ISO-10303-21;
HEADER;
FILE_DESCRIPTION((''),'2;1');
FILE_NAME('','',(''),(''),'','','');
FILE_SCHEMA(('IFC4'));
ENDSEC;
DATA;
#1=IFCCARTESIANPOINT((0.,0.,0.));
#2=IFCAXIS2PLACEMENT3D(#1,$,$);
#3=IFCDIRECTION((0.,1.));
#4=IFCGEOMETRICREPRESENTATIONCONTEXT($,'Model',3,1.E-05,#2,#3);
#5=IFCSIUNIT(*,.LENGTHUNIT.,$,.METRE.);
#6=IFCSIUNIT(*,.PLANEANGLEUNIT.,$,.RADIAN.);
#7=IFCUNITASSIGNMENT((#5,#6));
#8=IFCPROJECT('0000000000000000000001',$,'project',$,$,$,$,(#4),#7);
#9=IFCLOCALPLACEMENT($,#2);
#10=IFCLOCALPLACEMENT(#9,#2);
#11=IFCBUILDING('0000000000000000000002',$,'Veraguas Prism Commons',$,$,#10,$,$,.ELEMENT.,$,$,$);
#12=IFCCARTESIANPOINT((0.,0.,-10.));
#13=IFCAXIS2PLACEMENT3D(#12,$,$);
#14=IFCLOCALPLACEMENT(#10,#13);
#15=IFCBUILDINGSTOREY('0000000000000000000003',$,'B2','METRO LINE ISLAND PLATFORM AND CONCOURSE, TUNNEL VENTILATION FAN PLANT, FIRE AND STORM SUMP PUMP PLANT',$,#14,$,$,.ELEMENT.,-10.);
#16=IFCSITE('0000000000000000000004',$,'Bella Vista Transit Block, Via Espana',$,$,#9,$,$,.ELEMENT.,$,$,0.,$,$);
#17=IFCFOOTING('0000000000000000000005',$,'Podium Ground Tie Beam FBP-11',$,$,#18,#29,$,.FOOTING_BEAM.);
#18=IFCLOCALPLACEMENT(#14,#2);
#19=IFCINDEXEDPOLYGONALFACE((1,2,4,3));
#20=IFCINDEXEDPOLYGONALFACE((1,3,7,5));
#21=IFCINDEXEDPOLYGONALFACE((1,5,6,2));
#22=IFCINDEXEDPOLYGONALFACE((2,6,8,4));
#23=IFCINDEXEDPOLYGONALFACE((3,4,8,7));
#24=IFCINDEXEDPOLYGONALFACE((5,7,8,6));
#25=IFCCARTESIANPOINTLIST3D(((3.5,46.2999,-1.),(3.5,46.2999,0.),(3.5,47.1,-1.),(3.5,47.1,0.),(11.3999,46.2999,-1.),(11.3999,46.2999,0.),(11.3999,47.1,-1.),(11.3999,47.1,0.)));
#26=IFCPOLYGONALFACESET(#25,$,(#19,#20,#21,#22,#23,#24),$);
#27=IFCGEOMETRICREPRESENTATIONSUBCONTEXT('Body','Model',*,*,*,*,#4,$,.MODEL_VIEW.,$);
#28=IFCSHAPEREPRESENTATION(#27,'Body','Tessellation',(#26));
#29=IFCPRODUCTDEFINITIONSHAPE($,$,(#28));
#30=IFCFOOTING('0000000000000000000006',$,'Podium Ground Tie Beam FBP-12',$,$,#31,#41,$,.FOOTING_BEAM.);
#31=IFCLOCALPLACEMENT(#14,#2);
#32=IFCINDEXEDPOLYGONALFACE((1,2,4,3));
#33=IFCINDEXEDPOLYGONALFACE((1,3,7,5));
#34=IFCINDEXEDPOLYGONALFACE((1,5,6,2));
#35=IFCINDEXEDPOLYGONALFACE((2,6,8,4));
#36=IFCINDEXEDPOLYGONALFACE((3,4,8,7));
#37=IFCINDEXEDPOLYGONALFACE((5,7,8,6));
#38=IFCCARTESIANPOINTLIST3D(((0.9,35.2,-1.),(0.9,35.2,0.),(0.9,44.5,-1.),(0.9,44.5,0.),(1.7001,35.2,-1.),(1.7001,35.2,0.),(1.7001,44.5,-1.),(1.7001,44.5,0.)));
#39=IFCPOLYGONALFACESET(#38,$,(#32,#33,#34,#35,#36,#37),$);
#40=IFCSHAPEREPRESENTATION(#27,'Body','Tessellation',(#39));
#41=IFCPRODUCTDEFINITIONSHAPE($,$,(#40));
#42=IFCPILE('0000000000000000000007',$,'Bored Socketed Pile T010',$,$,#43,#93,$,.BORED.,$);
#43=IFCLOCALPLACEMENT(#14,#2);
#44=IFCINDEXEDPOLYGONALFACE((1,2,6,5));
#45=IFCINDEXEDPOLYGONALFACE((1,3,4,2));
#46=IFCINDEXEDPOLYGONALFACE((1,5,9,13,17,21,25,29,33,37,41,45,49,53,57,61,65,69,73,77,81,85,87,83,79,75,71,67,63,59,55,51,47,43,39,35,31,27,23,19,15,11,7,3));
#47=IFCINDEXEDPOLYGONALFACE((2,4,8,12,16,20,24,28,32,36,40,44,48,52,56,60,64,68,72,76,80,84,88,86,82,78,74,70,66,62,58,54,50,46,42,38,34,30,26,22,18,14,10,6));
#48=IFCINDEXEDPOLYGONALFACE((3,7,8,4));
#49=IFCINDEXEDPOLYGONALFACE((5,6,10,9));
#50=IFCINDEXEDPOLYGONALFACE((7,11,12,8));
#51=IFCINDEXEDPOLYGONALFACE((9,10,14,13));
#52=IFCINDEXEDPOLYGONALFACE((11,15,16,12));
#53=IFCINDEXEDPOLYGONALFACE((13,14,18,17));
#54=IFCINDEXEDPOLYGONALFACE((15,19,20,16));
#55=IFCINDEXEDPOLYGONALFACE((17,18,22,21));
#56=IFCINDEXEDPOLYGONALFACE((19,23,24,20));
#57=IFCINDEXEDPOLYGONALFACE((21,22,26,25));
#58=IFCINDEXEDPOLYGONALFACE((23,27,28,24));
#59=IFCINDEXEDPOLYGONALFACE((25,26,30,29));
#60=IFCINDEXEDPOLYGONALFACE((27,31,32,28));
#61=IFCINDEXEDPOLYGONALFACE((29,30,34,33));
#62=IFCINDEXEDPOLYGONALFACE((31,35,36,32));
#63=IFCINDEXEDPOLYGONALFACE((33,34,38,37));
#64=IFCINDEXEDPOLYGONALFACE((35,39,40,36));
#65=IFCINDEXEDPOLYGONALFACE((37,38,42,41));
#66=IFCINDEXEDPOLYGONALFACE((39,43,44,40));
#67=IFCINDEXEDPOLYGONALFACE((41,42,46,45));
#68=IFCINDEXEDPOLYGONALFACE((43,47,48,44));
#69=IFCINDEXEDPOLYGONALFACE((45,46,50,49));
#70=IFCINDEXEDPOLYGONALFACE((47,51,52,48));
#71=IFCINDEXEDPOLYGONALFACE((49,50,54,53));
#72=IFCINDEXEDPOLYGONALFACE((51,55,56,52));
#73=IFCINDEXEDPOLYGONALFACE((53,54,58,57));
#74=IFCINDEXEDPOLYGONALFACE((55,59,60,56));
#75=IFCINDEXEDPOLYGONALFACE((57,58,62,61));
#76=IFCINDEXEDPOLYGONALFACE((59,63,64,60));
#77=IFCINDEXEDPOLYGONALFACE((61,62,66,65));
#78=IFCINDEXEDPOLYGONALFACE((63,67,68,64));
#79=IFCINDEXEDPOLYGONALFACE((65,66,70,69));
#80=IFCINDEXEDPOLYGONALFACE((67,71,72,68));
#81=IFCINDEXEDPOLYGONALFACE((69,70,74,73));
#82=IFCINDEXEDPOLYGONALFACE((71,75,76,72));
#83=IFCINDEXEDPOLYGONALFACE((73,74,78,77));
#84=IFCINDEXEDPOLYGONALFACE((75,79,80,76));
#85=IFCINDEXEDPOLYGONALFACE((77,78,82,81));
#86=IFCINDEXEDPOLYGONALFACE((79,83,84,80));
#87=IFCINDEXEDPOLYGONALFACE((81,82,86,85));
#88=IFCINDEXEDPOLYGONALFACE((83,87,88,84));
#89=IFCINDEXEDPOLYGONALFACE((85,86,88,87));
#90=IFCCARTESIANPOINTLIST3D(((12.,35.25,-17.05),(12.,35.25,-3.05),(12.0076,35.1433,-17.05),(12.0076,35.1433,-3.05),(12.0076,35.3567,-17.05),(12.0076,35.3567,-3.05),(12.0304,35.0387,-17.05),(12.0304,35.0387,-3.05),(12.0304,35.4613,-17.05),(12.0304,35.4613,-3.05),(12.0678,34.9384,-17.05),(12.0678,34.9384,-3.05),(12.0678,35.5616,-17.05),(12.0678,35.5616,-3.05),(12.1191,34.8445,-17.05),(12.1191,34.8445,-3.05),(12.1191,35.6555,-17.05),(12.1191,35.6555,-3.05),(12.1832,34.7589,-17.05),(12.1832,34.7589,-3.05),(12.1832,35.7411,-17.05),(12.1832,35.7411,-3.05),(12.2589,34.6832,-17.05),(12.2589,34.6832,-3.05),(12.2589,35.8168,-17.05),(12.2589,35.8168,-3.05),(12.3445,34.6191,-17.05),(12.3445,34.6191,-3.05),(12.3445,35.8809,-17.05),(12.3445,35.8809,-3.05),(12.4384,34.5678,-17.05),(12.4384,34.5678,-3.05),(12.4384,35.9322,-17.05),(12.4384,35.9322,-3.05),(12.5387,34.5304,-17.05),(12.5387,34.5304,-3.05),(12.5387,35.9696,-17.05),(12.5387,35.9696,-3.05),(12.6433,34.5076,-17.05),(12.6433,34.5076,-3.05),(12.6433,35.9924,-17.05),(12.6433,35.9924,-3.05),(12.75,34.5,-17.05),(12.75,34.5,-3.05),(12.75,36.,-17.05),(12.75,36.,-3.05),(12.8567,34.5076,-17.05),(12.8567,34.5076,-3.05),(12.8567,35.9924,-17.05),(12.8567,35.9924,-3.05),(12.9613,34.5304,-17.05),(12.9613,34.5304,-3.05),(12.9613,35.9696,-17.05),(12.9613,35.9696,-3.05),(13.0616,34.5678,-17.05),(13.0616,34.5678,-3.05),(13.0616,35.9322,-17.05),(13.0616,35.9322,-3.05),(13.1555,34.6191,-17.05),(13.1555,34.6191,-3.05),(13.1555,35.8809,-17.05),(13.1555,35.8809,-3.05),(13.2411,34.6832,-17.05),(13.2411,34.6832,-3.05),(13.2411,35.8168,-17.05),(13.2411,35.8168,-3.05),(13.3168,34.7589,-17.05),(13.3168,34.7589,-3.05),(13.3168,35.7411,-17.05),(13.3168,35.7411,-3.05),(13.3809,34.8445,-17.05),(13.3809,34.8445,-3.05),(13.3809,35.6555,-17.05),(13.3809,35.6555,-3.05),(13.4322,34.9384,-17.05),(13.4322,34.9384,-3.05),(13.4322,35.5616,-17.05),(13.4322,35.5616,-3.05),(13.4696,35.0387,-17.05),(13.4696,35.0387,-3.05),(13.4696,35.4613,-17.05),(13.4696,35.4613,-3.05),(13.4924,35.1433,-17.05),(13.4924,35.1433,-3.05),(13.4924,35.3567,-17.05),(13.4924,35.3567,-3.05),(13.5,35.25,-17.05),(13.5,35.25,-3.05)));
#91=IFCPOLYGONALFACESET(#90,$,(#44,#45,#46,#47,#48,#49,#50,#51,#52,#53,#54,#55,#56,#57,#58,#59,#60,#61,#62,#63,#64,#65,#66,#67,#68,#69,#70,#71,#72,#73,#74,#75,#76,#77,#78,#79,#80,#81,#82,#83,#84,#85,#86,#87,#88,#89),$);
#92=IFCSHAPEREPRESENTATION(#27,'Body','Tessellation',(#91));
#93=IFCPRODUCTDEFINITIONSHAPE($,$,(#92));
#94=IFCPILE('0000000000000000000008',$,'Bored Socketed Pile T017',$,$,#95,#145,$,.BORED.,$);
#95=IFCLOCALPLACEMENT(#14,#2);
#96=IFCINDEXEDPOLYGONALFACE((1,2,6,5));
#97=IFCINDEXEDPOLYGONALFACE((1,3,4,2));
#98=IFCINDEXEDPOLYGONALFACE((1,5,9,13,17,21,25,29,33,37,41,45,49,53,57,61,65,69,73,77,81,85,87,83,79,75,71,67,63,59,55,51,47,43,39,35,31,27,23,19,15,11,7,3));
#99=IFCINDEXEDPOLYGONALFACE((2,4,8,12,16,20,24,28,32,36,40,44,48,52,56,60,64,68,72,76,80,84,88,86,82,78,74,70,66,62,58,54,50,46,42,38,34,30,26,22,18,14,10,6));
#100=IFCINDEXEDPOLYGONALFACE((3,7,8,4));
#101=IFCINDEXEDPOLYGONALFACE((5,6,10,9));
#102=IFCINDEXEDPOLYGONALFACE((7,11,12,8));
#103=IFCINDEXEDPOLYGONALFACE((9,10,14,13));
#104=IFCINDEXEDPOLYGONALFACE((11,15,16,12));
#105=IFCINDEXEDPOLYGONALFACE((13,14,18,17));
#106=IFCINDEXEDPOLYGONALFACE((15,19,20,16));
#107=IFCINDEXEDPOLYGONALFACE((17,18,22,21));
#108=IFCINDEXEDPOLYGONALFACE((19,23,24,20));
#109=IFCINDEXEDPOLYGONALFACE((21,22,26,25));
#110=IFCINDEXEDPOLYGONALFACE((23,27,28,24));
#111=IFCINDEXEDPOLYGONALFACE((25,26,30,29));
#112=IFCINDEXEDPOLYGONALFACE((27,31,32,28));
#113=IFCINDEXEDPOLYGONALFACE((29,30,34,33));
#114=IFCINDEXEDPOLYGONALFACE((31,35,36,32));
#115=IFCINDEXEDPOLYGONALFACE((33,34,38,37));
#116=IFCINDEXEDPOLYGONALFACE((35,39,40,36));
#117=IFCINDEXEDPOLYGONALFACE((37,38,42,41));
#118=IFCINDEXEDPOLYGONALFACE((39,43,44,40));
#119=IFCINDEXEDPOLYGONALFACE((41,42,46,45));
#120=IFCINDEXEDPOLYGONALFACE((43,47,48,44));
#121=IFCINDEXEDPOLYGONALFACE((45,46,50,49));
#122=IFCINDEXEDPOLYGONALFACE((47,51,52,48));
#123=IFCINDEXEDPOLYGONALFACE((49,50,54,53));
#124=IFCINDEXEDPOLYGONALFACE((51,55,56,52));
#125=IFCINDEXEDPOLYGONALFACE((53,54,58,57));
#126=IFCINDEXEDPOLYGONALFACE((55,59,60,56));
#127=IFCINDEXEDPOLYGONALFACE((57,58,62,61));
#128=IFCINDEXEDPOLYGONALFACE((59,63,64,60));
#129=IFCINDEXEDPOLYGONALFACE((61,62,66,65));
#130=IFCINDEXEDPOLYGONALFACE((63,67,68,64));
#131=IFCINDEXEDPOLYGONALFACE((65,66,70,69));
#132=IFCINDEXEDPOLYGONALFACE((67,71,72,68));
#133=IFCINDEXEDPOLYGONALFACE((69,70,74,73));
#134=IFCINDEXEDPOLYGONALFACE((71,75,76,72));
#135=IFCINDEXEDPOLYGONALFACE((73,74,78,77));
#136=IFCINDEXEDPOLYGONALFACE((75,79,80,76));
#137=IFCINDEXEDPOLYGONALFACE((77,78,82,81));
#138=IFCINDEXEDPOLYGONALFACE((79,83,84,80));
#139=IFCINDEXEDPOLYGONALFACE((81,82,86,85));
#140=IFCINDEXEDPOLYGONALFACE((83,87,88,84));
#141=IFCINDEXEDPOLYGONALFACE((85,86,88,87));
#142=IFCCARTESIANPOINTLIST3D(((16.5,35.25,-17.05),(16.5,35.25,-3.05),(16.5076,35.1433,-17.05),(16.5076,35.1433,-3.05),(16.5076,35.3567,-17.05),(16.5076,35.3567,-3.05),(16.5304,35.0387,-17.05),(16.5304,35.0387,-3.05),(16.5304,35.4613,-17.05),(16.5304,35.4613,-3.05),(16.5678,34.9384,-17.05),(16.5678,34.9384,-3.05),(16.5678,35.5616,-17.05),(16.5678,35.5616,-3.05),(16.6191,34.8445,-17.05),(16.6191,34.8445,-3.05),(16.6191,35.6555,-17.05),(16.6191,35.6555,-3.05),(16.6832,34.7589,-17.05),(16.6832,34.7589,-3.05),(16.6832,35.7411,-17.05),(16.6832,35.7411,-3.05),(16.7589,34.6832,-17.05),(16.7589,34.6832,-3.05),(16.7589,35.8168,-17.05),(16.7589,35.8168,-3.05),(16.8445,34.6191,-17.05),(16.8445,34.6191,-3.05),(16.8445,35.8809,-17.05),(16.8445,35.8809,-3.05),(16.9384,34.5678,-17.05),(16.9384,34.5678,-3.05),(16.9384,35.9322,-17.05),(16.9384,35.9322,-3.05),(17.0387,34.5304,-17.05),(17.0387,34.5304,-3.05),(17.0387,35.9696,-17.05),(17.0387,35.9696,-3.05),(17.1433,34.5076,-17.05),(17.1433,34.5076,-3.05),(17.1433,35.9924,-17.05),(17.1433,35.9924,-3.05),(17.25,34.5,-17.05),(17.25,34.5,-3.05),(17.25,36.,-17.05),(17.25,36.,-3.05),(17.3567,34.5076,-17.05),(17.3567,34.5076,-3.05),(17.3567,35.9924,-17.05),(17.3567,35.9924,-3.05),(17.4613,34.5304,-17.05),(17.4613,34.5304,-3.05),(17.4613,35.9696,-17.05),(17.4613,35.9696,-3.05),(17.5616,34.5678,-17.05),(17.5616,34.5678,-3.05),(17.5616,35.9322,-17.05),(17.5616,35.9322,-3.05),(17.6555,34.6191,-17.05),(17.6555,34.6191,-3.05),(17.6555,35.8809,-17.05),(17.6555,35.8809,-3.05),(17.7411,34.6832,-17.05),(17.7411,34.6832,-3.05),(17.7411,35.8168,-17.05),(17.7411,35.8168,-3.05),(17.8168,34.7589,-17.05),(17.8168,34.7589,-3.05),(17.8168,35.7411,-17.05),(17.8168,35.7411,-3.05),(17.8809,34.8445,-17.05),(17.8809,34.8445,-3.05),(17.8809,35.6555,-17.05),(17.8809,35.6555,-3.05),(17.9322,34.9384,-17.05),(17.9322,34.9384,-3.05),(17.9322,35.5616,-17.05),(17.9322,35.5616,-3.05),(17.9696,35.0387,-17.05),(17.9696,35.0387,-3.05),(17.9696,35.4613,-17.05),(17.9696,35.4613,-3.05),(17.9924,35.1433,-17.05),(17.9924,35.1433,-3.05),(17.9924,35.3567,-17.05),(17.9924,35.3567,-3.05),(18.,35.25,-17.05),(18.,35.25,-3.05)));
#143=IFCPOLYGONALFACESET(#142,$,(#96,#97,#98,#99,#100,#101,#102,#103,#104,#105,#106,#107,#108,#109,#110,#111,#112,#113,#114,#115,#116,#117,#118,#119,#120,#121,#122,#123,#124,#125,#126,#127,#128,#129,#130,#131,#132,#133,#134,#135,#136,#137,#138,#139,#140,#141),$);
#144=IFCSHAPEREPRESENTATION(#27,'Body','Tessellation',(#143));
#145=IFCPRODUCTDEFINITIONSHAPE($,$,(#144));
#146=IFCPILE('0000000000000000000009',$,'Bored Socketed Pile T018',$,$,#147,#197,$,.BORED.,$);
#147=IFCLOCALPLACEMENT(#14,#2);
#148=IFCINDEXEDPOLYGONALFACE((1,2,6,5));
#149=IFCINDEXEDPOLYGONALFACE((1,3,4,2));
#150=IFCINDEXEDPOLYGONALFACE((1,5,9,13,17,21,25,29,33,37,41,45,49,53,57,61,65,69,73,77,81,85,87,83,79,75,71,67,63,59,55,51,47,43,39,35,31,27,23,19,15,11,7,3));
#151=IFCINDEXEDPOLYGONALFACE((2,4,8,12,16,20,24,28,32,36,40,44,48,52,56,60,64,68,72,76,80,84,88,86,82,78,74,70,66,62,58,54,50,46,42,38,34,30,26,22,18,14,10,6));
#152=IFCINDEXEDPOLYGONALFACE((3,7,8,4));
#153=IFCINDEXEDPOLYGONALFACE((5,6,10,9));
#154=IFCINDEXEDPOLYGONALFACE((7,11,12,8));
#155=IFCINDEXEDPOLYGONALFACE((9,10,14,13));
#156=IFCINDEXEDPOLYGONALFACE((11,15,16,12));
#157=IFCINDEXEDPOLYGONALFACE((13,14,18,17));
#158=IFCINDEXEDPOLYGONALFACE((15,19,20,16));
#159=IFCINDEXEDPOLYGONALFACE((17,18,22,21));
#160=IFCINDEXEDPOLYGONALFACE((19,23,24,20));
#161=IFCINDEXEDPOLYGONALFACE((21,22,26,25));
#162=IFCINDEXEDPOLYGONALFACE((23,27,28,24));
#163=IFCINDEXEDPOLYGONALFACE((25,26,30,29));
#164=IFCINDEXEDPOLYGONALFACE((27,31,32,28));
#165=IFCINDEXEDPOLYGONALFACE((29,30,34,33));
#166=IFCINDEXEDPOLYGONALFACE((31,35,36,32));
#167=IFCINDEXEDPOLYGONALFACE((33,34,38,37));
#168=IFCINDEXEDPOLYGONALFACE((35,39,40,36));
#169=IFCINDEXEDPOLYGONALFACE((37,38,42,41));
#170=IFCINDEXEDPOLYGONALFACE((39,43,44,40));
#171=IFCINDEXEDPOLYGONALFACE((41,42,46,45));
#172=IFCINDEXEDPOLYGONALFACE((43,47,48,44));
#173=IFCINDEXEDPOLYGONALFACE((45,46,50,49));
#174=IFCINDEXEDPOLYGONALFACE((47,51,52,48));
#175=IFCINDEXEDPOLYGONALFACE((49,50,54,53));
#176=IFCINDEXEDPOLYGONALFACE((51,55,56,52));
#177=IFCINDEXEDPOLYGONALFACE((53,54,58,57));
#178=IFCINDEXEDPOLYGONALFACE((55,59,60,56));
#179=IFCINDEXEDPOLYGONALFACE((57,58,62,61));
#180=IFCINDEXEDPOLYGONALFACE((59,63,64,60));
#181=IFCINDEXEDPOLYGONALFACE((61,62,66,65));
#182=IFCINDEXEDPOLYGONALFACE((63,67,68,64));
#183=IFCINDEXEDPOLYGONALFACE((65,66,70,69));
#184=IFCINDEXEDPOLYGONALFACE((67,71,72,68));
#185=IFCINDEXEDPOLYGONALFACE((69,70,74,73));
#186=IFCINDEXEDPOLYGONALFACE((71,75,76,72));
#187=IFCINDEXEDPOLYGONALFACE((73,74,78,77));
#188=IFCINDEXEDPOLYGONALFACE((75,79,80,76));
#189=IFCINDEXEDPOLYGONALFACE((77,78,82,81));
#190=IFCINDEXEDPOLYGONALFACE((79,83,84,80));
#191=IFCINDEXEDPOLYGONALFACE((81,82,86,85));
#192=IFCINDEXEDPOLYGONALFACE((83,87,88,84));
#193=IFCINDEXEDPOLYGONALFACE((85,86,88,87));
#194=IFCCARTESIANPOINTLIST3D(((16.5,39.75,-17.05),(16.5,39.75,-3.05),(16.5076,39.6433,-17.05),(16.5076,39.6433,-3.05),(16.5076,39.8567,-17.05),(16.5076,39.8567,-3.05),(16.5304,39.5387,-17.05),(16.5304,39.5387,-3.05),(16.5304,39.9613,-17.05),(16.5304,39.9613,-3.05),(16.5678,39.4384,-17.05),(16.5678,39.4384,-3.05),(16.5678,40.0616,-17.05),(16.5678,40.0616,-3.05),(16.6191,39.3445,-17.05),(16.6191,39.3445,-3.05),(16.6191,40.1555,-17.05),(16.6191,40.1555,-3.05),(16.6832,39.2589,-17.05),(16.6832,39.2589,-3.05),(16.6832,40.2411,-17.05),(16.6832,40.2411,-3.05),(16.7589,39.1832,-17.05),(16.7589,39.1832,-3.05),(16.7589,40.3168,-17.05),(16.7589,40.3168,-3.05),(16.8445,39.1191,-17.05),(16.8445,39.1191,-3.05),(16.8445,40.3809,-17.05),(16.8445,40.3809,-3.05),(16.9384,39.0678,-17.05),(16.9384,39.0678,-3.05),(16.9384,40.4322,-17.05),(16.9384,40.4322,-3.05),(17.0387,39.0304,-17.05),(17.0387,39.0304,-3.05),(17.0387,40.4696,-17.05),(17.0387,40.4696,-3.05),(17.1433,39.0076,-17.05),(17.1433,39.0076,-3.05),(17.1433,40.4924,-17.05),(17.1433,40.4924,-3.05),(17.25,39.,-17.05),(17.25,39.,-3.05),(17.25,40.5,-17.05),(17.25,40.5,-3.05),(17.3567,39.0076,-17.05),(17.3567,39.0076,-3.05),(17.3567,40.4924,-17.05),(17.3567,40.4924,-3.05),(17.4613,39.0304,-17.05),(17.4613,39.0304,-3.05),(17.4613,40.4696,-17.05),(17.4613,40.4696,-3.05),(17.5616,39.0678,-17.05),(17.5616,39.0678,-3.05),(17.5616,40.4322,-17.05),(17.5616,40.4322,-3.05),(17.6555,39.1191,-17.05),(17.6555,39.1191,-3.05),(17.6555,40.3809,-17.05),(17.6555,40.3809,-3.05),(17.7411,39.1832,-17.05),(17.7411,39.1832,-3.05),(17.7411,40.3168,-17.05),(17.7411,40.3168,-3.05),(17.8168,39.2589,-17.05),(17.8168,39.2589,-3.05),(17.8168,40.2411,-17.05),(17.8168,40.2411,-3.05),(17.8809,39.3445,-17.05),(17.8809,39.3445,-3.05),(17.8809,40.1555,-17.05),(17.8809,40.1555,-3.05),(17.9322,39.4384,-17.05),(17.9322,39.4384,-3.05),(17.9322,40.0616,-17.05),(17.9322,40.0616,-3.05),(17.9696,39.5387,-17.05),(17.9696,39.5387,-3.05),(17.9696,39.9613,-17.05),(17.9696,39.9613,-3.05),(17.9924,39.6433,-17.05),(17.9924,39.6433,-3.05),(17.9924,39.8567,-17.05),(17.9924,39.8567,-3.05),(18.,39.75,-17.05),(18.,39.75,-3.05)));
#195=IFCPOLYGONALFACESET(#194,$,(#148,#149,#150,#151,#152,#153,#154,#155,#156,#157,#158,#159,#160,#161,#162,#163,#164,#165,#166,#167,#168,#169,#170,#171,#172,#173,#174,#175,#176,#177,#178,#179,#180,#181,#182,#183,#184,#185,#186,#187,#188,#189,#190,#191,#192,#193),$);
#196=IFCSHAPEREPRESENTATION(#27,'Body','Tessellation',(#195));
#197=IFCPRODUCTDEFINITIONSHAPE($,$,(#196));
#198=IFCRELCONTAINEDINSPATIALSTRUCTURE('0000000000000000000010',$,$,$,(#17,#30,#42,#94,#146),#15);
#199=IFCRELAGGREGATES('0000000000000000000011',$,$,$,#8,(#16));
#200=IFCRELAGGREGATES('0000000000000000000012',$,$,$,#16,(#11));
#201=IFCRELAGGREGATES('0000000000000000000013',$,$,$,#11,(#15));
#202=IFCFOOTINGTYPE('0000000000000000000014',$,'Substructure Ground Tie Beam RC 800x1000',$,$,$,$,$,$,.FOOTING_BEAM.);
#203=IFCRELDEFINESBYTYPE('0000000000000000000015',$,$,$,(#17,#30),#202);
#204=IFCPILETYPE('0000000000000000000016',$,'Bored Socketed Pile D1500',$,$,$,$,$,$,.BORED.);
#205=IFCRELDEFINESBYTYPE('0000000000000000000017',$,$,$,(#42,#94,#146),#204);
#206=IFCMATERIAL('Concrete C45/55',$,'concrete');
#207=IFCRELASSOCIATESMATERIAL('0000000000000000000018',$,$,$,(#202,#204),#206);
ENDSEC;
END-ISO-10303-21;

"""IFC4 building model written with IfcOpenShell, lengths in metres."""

from ifc_helpers import new_model, si_unit, direction, frame, origin, origin_2d, place, context, subcontext, project, spatial, rectangle, circle, extrude, source, transform, mapped, material, material_profile, profile_set, type_object, element, save


model = new_model("IFC4")

# Units and contexts
model_context = context("Model", 3, precision=1e-05, world=origin(), true_north=direction((0.0, 1.0)))
body_context = subcontext(model_context, "Body", "Model", "MODEL_VIEW")
ifc_project = project(units=[si_unit("LENGTHUNIT", "METRE"), si_unit("PLANEANGLEUNIT", "RADIAN")], contexts=[model_context])

# Site, building, storey
site_placement = place(None, origin())
site = spatial("IfcSite", under=ifc_project, at=site_placement, Name="Bella Vista Transit Block, Via Espana", CompositionType="ELEMENT", RefElevation=0.0)
building_placement = place(site_placement, origin())
building = spatial("IfcBuilding", under=site, at=building_placement, Name="Veraguas Prism Commons", CompositionType="ELEMENT")
storey_placement = place(building_placement, frame((0.0, 0.0, -10.0)))
storey = spatial("IfcBuildingStorey", under=building, at=storey_placement, Name="B2", Description="METRO LINE ISLAND PLATFORM AND CONCOURSE, TUNNEL VENTILATION FAN PLANT, FIRE AND STORM SUMP PUMP PLANT", CompositionType="ELEMENT", Elevation=-10.0)

# Footings
ifc_material_1 = material(Name="Concrete C45/55", Category="concrete")
ifc_material_profile_1 = material_profile(ifc_material_1, rectangle(XDim=0.8, YDim=1.0, at=origin_2d()), Name="RC800X1000")
ifc_profile_set_1 = profile_set([ifc_material_profile_1], Name="Concrete C45/55")
footing_type_1 = type_object("IfcFootingType", Name="Substructure Ground Tie Beam RC 800x1000", PredefinedType="FOOTING_BEAM", material=ifc_profile_set_1)
footing_1_placement = place(storey_placement, frame((11.3999, 46.7, -0.5), z_axis=(-1.0, 0.0, 0.0), x_axis=(0.0, -1.0, 0.0)))
element("IfcFooting", 1, at=footing_1_placement, inside=storey, type_object=footing_type_1, Name="Podium Ground Tie Beam FBP-11", PredefinedType="FOOTING_BEAM", context=body_context, shape_type="SweptSolid", body=[
    extrude(rectangle(XDim=0.8, YDim=1.0, at=origin_2d()), origin(), (0.0, 0.0, 1.0), 7.8999),
])
footing_2_placement = place(storey_placement, frame((1.3, 44.5, -0.5), z_axis=(0.0, -1.0, 0.0), x_axis=(1.0, 0.0, 0.0)))
element("IfcFooting", 2, at=footing_2_placement, inside=storey, type_object=footing_type_1, Name="Podium Ground Tie Beam FBP-12", PredefinedType="FOOTING_BEAM", context=body_context, shape_type="SweptSolid", body=[
    extrude(rectangle(XDim=0.8, YDim=1.0, at=origin_2d()), origin(), (0.0, 0.0, 1.0), 9.3),
])

# Piles
ifc_material_profile_2 = material_profile(ifc_material_1, circle(Radius=0.75, at=origin_2d()), Name="PILE1500")
ifc_profile_set_2 = profile_set([ifc_material_profile_2], Name="Concrete C45/55")
pile_type_1 = type_object("IfcPileType", Name="Bored Socketed Pile D1500", PredefinedType="BORED", material=ifc_profile_set_2)
shared_shape_1 = source(origin(), body_context, "Body", "SweptSolid", [
    extrude(circle(Radius=0.75, at=origin_2d()), origin(), (0.0, 0.0, 1.0), 14.0),
])
for number, where, z_axis, x_axis, name in (
    (3, (12.75, 35.25, -3.05), (0.0, 0.0, -1.0), (1.0, 0.0, 0.0), "Bored Socketed Pile T010"),
    (4, (17.25, 35.25, -3.05), (0.0, 0.0, -1.0), (1.0, 0.0, 0.0), "Bored Socketed Pile T017"),
    (5, (17.25, 39.75, -3.05), (0.0, 0.0, -1.0), (1.0, 0.0, 0.0), "Bored Socketed Pile T018"),
):
    element("IfcPile", number, at=place(storey_placement, frame(where, z_axis=z_axis, x_axis=x_axis)), inside=storey, type_object=pile_type_1, Name=name, PredefinedType="BORED", context=body_context, shape_type="MappedRepresentation", body=[
        mapped(shared_shape_1, transform((0.0, 0.0, 0.0), scale=1.0)),
    ])

save(model, "model.ifc")
